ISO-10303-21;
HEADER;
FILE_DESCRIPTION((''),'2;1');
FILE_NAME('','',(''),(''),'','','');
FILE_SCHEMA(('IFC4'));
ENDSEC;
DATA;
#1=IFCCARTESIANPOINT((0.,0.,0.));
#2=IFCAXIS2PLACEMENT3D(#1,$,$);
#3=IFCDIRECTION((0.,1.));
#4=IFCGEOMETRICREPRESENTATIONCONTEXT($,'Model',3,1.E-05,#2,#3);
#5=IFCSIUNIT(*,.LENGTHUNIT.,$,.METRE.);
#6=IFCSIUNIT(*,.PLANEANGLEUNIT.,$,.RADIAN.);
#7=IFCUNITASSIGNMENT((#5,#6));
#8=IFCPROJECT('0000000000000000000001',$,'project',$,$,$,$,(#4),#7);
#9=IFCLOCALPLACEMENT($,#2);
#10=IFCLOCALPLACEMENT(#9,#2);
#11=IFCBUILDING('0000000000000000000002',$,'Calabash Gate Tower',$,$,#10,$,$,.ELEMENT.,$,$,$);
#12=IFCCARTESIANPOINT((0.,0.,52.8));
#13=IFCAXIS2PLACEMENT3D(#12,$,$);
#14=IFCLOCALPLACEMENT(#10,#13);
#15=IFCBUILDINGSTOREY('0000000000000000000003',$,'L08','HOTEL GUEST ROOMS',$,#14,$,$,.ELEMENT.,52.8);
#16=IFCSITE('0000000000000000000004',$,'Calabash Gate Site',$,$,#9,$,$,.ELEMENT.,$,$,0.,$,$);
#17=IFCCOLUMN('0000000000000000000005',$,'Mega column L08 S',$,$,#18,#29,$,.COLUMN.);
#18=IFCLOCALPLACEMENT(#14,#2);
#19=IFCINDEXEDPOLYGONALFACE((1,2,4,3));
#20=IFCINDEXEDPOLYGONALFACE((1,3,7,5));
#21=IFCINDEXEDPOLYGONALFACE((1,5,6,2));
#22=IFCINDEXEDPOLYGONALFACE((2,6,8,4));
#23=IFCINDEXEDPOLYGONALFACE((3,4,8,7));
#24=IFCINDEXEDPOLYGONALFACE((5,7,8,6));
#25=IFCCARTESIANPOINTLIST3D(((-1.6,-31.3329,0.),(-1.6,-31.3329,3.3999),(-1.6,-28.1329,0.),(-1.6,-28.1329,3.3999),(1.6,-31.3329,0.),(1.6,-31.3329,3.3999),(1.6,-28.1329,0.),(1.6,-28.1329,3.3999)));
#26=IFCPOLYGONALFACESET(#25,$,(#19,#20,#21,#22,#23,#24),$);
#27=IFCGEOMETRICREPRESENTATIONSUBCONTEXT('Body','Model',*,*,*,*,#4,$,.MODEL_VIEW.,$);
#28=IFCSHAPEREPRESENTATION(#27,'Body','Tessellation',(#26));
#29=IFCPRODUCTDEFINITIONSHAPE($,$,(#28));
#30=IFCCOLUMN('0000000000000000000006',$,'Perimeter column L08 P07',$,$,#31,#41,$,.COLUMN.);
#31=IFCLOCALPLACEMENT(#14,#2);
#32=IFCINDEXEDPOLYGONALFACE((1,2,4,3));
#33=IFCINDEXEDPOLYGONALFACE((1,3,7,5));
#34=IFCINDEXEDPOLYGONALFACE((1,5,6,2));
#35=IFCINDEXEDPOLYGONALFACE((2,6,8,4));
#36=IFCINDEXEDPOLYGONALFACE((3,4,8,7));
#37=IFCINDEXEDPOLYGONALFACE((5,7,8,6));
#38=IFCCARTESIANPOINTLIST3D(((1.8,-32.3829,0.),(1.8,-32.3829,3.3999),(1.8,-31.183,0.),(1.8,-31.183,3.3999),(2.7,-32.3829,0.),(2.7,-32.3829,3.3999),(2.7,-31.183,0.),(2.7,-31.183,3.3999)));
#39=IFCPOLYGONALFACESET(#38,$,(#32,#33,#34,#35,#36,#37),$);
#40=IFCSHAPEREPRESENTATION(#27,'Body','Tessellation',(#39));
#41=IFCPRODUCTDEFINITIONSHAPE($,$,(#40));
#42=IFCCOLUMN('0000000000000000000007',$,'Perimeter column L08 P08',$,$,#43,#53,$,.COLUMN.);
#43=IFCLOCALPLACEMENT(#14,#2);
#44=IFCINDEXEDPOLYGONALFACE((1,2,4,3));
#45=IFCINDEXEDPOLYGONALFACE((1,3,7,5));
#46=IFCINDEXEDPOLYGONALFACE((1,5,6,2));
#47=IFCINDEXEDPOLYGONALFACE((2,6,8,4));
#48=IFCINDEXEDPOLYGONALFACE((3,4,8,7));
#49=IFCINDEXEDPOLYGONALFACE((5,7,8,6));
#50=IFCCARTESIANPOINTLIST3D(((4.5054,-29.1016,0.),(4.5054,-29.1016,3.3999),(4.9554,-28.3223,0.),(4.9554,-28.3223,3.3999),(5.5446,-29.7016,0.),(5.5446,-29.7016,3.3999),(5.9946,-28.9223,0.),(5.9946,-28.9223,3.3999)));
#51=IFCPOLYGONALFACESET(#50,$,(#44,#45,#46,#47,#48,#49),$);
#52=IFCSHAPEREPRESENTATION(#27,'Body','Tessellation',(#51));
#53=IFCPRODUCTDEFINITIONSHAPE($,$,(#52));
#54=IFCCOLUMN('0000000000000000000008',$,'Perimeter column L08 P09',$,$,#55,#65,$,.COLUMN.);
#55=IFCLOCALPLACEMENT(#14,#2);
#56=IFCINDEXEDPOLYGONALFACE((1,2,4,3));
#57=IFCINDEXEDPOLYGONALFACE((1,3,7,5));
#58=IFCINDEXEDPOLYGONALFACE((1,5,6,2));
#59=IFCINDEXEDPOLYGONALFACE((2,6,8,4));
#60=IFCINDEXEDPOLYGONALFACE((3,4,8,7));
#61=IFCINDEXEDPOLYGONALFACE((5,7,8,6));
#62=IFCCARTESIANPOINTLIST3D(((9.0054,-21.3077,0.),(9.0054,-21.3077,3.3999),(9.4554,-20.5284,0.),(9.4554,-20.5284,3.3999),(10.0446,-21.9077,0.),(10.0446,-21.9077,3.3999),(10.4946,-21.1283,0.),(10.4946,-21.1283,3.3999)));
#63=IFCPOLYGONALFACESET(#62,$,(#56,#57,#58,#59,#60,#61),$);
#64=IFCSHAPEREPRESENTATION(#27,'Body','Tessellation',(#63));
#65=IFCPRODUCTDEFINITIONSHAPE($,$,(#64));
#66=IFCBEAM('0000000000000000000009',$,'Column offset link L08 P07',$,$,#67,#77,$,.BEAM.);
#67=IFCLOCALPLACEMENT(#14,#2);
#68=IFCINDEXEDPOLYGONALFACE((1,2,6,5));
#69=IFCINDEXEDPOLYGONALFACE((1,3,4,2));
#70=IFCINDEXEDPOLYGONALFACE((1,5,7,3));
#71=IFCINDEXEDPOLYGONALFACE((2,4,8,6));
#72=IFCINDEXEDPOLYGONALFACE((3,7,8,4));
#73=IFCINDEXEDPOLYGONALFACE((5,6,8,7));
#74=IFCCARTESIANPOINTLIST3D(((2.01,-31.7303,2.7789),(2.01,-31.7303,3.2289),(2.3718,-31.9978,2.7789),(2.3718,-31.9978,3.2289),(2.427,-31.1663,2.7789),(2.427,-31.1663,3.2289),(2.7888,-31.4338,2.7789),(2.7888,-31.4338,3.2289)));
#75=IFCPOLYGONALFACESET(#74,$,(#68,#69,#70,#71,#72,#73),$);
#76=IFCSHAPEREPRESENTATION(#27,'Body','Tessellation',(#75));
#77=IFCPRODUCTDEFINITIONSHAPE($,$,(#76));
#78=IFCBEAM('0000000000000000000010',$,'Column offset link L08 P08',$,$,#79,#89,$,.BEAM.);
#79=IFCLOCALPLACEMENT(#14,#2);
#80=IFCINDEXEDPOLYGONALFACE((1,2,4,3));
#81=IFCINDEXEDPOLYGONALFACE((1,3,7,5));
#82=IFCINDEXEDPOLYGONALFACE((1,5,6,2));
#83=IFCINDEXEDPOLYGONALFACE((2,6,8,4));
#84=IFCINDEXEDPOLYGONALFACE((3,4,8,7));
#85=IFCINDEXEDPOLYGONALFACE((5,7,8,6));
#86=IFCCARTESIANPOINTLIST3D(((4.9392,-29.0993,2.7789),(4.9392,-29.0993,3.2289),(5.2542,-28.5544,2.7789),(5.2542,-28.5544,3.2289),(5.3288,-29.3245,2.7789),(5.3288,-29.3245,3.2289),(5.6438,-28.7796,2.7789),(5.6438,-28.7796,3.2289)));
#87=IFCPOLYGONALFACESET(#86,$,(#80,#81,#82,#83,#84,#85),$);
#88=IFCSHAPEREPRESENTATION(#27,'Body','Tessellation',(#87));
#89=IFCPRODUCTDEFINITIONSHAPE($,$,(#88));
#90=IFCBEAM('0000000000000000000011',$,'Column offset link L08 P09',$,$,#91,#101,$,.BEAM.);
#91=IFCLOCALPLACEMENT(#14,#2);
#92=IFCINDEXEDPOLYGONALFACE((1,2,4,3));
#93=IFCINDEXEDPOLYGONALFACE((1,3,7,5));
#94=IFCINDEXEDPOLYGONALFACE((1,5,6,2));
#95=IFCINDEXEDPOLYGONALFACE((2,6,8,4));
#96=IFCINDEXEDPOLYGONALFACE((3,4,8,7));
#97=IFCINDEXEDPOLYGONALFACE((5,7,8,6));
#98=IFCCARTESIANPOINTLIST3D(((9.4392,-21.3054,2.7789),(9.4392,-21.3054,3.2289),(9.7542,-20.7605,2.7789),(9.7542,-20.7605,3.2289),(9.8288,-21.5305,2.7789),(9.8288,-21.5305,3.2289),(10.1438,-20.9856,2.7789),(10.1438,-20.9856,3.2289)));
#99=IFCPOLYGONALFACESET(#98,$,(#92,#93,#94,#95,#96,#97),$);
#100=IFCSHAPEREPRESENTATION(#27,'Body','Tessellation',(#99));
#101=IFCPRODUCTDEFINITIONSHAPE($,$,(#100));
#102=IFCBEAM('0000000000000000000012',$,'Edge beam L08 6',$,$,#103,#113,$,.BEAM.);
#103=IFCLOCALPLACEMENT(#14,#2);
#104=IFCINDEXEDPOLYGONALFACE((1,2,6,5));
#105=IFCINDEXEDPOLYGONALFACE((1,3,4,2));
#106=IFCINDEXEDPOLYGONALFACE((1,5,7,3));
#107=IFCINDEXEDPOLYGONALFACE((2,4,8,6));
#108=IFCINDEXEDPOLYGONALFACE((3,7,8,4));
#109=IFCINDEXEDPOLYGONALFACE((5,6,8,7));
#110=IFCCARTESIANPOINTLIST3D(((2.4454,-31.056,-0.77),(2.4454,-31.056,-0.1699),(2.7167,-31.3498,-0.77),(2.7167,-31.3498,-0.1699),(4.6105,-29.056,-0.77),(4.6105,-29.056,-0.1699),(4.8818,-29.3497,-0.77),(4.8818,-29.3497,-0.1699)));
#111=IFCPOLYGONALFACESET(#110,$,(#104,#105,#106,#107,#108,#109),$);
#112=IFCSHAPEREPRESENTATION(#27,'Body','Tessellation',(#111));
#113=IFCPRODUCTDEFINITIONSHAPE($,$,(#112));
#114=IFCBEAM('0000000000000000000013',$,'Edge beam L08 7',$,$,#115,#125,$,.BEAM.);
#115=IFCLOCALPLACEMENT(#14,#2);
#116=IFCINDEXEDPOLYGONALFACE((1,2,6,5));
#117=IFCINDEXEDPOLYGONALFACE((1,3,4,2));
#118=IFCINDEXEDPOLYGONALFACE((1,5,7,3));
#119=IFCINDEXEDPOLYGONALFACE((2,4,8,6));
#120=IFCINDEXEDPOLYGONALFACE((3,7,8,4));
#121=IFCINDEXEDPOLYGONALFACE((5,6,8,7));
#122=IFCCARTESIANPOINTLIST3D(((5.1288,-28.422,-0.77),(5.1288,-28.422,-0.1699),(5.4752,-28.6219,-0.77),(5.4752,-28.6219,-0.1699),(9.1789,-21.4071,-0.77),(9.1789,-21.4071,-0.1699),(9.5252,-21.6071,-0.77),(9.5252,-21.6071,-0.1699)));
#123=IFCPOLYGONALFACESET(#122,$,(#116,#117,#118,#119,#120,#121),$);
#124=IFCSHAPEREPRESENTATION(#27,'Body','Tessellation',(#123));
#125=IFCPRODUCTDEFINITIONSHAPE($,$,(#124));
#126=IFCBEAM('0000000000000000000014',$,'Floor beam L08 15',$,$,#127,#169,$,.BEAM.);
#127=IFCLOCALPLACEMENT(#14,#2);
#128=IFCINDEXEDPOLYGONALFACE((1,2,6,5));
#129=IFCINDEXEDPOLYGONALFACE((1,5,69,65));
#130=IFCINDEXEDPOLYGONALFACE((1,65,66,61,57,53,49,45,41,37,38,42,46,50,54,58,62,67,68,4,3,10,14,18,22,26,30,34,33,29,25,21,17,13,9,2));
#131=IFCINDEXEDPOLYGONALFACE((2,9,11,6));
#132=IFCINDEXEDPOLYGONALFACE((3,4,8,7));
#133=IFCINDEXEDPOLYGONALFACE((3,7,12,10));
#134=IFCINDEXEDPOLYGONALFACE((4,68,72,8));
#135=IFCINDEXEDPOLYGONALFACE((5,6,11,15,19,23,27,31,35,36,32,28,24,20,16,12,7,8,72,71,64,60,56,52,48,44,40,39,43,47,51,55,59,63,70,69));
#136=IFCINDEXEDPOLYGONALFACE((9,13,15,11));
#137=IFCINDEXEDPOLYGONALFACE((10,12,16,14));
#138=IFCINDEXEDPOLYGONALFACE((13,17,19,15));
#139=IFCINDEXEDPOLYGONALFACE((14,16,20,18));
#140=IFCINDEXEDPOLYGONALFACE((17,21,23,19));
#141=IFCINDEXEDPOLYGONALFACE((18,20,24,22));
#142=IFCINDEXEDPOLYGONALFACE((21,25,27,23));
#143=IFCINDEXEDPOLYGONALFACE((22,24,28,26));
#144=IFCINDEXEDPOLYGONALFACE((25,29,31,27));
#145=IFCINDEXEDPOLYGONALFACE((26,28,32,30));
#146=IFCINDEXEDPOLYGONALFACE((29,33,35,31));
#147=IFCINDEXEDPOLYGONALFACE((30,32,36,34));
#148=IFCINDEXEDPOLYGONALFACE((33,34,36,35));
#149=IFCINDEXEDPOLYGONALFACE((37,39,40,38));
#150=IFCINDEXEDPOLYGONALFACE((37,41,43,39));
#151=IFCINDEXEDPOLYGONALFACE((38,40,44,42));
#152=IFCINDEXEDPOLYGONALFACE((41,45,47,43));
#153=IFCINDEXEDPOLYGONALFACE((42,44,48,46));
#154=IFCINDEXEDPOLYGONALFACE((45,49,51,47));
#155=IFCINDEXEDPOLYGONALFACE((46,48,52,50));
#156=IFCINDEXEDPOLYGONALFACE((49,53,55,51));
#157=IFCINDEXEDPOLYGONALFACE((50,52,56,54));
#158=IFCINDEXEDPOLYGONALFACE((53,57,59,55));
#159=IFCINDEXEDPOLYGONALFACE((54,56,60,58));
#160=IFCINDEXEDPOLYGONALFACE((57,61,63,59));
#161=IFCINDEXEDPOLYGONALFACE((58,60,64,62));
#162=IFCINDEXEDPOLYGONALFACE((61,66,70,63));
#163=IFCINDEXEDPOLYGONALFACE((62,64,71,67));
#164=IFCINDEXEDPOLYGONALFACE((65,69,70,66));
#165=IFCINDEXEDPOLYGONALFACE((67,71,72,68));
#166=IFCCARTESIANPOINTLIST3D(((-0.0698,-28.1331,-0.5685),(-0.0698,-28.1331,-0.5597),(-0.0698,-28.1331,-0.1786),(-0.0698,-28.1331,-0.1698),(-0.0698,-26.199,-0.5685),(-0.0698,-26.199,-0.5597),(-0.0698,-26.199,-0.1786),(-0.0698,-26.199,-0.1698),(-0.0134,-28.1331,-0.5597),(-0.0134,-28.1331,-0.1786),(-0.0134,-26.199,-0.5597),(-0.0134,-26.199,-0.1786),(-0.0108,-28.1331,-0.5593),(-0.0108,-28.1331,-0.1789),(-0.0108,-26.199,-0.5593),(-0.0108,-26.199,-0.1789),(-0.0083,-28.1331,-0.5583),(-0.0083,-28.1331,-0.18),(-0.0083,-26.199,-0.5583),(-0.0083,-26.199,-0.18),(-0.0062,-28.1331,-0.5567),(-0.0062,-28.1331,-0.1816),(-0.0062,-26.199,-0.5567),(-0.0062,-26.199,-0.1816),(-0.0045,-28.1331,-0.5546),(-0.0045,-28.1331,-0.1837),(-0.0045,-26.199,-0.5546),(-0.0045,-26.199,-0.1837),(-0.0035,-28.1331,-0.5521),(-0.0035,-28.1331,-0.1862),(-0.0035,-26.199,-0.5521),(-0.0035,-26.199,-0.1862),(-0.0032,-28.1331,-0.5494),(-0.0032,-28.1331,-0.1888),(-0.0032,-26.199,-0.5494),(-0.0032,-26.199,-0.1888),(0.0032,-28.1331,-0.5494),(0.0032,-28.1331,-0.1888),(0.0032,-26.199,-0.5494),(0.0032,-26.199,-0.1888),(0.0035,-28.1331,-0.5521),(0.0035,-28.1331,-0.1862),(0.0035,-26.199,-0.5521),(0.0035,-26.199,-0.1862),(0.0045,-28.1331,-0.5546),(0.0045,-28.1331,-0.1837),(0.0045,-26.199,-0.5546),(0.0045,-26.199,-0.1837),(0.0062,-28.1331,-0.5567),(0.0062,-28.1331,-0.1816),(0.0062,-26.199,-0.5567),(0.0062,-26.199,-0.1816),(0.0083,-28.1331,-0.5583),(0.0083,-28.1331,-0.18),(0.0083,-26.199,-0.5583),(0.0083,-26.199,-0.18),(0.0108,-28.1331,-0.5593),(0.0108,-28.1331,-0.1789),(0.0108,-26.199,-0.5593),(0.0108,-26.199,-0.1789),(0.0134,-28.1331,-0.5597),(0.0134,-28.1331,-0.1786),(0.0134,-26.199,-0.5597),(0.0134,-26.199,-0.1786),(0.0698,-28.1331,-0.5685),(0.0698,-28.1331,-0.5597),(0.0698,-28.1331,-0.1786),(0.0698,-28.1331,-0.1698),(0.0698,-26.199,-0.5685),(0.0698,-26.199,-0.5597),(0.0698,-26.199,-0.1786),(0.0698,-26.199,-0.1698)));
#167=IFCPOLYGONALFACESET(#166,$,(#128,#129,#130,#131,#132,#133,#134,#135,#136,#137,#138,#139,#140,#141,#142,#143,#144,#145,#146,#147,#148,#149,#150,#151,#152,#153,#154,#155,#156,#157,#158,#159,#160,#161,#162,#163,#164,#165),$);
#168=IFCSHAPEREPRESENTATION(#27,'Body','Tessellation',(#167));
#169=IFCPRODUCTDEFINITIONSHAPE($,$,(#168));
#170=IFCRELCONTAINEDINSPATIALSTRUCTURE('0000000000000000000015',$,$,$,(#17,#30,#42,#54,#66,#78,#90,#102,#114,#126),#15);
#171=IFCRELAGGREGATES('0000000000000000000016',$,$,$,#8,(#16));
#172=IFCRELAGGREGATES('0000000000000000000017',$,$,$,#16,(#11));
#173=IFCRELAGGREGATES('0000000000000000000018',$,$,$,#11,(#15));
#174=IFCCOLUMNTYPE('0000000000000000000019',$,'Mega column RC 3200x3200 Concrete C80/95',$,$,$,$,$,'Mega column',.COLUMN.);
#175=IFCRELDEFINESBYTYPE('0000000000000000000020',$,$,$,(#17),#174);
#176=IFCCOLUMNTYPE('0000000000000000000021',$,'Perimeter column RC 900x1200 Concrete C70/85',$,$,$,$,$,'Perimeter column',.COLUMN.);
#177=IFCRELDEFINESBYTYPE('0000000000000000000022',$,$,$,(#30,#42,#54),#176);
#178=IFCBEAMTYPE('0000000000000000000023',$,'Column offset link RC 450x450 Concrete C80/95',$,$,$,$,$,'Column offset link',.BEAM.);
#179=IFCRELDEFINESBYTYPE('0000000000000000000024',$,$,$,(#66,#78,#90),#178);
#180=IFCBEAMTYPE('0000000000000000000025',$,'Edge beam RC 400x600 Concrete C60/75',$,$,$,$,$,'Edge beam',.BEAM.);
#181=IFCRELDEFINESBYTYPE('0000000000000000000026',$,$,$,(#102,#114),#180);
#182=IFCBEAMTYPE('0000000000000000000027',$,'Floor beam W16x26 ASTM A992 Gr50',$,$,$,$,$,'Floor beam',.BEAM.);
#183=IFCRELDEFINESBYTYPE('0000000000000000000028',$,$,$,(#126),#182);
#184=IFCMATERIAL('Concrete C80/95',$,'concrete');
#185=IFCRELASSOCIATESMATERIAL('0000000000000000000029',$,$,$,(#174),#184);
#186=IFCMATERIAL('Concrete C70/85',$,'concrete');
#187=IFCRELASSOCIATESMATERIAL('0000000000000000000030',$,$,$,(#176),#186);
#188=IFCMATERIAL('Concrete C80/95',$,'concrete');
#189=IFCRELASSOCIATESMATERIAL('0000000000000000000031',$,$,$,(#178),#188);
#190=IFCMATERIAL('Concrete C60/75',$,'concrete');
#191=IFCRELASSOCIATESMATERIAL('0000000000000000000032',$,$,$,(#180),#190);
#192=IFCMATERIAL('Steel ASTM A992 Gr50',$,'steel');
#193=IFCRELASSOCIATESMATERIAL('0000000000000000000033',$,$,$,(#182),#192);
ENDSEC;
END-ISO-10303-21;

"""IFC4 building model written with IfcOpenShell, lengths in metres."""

from ifc_helpers import new_model, si_unit, direction, frame, origin, origin_2d, place, context, subcontext, project, spatial, rectangle, i_section, extrude, material, material_profile, profile_set, type_object, element, save


model = new_model("IFC4")

# Units and contexts
model_context = context("Model", 3, precision=1e-05, world=origin(), true_north=direction((0.0, 1.0)))
body_context = subcontext(model_context, "Body", "Model", "MODEL_VIEW")
ifc_project = project(units=[si_unit("LENGTHUNIT", "METRE"), si_unit("PLANEANGLEUNIT", "RADIAN")], contexts=[model_context])

# Site, building, storey
site_placement = place(None, origin())
site = spatial("IfcSite", under=ifc_project, at=site_placement, Name="Calabash Gate Site", CompositionType="ELEMENT", RefElevation=0.0)
building_placement = place(site_placement, origin())
building = spatial("IfcBuilding", under=site, at=building_placement, Name="Calabash Gate Tower", CompositionType="ELEMENT")
storey_placement = place(building_placement, frame((0.0, 0.0, 52.8)))
storey = spatial("IfcBuildingStorey", under=building, at=storey_placement, Name="L08", Description="HOTEL GUEST ROOMS", CompositionType="ELEMENT", Elevation=52.8)

# Columns
ifc_material_1 = material(Name="Concrete C80/95", Category="concrete")
ifc_material_profile_1 = material_profile(ifc_material_1, rectangle(XDim=3.2, YDim=3.2, at=origin_2d()))
ifc_profile_set_1 = profile_set([ifc_material_profile_1], Name="Concrete C80/95")
column_type_1 = type_object("IfcColumnType", Name="Mega column RC 3200x3200 Concrete C80/95", ElementType="Mega column", PredefinedType="COLUMN", material=ifc_profile_set_1)
column_placement = place(storey_placement, frame((0.0, -29.7329, 0.0), z_axis=(0.0, 0.0, 1.0), x_axis=(0.0, 1.0, 0.0)))
element("IfcColumn", 1, at=column_placement, inside=storey, type_object=column_type_1, Name="Mega column L08 S", PredefinedType="COLUMN", context=body_context, shape_type="SweptSolid", body=[
    extrude(rectangle(XDim=3.2, YDim=3.2, at=origin_2d()), origin(), (0.0, 0.0, 1.0), 3.3999),
])
ifc_material_2 = material(Name="Concrete C70/85", Category="concrete")
ifc_material_profile_2 = material_profile(ifc_material_2, rectangle(XDim=0.8999, YDim=1.2, at=origin_2d()))
ifc_profile_set_2 = profile_set([ifc_material_profile_2], Name="Concrete C70/85")
column_type_2 = type_object("IfcColumnType", Name="Perimeter column RC 900x1200 Concrete C70/85", ElementType="Perimeter column", PredefinedType="COLUMN", material=ifc_profile_set_2)
for number, where, z_axis, x_axis, name in (
    (2, (2.25, -31.783, 0.0), (0.0, 0.0, 1.0), (1.0, 0.0, 0.0), "Perimeter column L08 P07"),
    (3, (5.25, -29.012, 0.0), (0.0, 0.0, 1.0), (0.5, 0.866025, 0.0), "Perimeter column L08 P08"),
    (4, (9.75, -21.218, 0.0), (0.0, 0.0, 1.0), (0.5, 0.866025, 0.0), "Perimeter column L08 P09"),
):
    element("IfcColumn", number, at=place(storey_placement, frame(where, z_axis=z_axis, x_axis=x_axis)), inside=storey, type_object=column_type_2, Name=name, PredefinedType="COLUMN", context=body_context, shape_type="SweptSolid", body=[
        extrude(rectangle(XDim=0.8999, YDim=1.2, at=origin_2d()), origin(), (0.0, 0.0, 1.0), 3.3999),
    ])

# Beams
ifc_material_3 = material(Name="Concrete C80/95", Category="concrete")
ifc_material_profile_3 = material_profile(ifc_material_3, rectangle(XDim=0.45, YDim=0.45, at=origin_2d()))
ifc_profile_set_3 = profile_set([ifc_material_profile_3], Name="Concrete C80/95")
beam_type_1 = type_object("IfcBeamType", Name="Column offset link RC 450x450 Concrete C80/95", ElementType="Column offset link", PredefinedType="BEAM", material=ifc_profile_set_3)
beam_1_placement = place(storey_placement, frame((2.1909, -31.864, 3.0039), z_axis=(0.594528, 0.804075, 0.0), x_axis=(-0.804075, 0.594528, 0.0)))
element("IfcBeam", 5, at=beam_1_placement, inside=storey, type_object=beam_type_1, Name="Column offset link L08 P07", PredefinedType="BEAM", context=body_context, shape_type="SweptSolid", body=[
    extrude(rectangle(XDim=0.45, YDim=0.45, at=origin_2d()), origin(), (0.0, 0.0, 1.0), 0.7014),
])
for number, where, z_axis, x_axis, name in (
    (6, (5.134, -29.2119, 3.0039), (0.500394, 0.865798, 0.0), (-0.865798, 0.500394, 0.0), "Column offset link L08 P08"),
    (7, (9.634, -21.418, 3.0039), (0.500394, 0.865798, 0.0), (-0.865798, 0.500394, 0.0), "Column offset link L08 P09"),
):
    element("IfcBeam", number, at=place(storey_placement, frame(where, z_axis=z_axis, x_axis=x_axis)), inside=storey, type_object=beam_type_1, Name=name, PredefinedType="BEAM", context=body_context, shape_type="SweptSolid", body=[
        extrude(rectangle(XDim=0.45, YDim=0.45, at=origin_2d()), origin(), (0.0, 0.0, 1.0), 0.6294),
    ])
ifc_material_4 = material(Name="Concrete C60/75", Category="concrete")
ifc_material_profile_4 = material_profile(ifc_material_4, rectangle(XDim=0.3999, YDim=0.6001, at=origin_2d()))
ifc_profile_set_4 = profile_set([ifc_material_profile_4], Name="Concrete C60/75")
beam_type_2 = type_object("IfcBeamType", Name="Edge beam RC 400x600 Concrete C60/75", ElementType="Edge beam", PredefinedType="BEAM", material=ifc_profile_set_4)
beam_2_placement = place(storey_placement, frame((2.5811, -31.2029, -0.47), z_axis=(0.734549, 0.678555, 0.0), x_axis=(-0.678555, 0.734549, 0.0)))
element("IfcBeam", 8, at=beam_2_placement, inside=storey, type_object=beam_type_2, Name="Edge beam L08 6", PredefinedType="BEAM", context=body_context, shape_type="SweptSolid", body=[
    extrude(rectangle(XDim=0.3999, YDim=0.6001, at=origin_2d()), origin(), (0.0, 0.0, 1.0), 2.9475),
])
beam_3_placement = place(storey_placement, frame((5.302, -28.522, -0.47), z_axis=(0.5, 0.866025, 0.0), x_axis=(-0.866025, 0.5, 0.0)))
element("IfcBeam", 9, at=beam_3_placement, inside=storey, type_object=beam_type_2, Name="Edge beam L08 7", PredefinedType="BEAM", context=body_context, shape_type="SweptSolid", body=[
    extrude(rectangle(XDim=0.3999, YDim=0.6001, at=origin_2d()), origin(), (0.0, 0.0, 1.0), 8.1001),
])
ifc_material_5 = material(Name="Steel ASTM A992 Gr50", Category="steel")
ifc_material_profile_5 = material_profile(ifc_material_5, i_section(OverallWidth=0.1396, OverallDepth=0.3987, WebThickness=0.0063, FlangeThickness=0.0088, FilletRadius=0.0103, at=origin_2d()))
ifc_profile_set_5 = profile_set([ifc_material_profile_5], Name="Steel ASTM A992 Gr50")
beam_type_3 = type_object("IfcBeamType", Name="Floor beam W16x26 ASTM A992 Gr50", ElementType="Floor beam", PredefinedType="BEAM", material=ifc_profile_set_5)
beam_4_placement = place(storey_placement, frame((0.0, -28.1331, -0.3691), z_axis=(0.0, 1.0, 0.0), x_axis=(-1.0, 0.0, 0.0)))
element("IfcBeam", 10, at=beam_4_placement, inside=storey, type_object=beam_type_3, Name="Floor beam L08 15", PredefinedType="BEAM", context=body_context, shape_type="SweptSolid", body=[
    extrude(i_section(OverallWidth=0.1396, OverallDepth=0.3987, WebThickness=0.0063, FlangeThickness=0.0088, FilletRadius=0.0103, at=origin_2d()), origin(), (0.0, 0.0, 1.0), 1.9341),
])

save(model, "model.ifc")
